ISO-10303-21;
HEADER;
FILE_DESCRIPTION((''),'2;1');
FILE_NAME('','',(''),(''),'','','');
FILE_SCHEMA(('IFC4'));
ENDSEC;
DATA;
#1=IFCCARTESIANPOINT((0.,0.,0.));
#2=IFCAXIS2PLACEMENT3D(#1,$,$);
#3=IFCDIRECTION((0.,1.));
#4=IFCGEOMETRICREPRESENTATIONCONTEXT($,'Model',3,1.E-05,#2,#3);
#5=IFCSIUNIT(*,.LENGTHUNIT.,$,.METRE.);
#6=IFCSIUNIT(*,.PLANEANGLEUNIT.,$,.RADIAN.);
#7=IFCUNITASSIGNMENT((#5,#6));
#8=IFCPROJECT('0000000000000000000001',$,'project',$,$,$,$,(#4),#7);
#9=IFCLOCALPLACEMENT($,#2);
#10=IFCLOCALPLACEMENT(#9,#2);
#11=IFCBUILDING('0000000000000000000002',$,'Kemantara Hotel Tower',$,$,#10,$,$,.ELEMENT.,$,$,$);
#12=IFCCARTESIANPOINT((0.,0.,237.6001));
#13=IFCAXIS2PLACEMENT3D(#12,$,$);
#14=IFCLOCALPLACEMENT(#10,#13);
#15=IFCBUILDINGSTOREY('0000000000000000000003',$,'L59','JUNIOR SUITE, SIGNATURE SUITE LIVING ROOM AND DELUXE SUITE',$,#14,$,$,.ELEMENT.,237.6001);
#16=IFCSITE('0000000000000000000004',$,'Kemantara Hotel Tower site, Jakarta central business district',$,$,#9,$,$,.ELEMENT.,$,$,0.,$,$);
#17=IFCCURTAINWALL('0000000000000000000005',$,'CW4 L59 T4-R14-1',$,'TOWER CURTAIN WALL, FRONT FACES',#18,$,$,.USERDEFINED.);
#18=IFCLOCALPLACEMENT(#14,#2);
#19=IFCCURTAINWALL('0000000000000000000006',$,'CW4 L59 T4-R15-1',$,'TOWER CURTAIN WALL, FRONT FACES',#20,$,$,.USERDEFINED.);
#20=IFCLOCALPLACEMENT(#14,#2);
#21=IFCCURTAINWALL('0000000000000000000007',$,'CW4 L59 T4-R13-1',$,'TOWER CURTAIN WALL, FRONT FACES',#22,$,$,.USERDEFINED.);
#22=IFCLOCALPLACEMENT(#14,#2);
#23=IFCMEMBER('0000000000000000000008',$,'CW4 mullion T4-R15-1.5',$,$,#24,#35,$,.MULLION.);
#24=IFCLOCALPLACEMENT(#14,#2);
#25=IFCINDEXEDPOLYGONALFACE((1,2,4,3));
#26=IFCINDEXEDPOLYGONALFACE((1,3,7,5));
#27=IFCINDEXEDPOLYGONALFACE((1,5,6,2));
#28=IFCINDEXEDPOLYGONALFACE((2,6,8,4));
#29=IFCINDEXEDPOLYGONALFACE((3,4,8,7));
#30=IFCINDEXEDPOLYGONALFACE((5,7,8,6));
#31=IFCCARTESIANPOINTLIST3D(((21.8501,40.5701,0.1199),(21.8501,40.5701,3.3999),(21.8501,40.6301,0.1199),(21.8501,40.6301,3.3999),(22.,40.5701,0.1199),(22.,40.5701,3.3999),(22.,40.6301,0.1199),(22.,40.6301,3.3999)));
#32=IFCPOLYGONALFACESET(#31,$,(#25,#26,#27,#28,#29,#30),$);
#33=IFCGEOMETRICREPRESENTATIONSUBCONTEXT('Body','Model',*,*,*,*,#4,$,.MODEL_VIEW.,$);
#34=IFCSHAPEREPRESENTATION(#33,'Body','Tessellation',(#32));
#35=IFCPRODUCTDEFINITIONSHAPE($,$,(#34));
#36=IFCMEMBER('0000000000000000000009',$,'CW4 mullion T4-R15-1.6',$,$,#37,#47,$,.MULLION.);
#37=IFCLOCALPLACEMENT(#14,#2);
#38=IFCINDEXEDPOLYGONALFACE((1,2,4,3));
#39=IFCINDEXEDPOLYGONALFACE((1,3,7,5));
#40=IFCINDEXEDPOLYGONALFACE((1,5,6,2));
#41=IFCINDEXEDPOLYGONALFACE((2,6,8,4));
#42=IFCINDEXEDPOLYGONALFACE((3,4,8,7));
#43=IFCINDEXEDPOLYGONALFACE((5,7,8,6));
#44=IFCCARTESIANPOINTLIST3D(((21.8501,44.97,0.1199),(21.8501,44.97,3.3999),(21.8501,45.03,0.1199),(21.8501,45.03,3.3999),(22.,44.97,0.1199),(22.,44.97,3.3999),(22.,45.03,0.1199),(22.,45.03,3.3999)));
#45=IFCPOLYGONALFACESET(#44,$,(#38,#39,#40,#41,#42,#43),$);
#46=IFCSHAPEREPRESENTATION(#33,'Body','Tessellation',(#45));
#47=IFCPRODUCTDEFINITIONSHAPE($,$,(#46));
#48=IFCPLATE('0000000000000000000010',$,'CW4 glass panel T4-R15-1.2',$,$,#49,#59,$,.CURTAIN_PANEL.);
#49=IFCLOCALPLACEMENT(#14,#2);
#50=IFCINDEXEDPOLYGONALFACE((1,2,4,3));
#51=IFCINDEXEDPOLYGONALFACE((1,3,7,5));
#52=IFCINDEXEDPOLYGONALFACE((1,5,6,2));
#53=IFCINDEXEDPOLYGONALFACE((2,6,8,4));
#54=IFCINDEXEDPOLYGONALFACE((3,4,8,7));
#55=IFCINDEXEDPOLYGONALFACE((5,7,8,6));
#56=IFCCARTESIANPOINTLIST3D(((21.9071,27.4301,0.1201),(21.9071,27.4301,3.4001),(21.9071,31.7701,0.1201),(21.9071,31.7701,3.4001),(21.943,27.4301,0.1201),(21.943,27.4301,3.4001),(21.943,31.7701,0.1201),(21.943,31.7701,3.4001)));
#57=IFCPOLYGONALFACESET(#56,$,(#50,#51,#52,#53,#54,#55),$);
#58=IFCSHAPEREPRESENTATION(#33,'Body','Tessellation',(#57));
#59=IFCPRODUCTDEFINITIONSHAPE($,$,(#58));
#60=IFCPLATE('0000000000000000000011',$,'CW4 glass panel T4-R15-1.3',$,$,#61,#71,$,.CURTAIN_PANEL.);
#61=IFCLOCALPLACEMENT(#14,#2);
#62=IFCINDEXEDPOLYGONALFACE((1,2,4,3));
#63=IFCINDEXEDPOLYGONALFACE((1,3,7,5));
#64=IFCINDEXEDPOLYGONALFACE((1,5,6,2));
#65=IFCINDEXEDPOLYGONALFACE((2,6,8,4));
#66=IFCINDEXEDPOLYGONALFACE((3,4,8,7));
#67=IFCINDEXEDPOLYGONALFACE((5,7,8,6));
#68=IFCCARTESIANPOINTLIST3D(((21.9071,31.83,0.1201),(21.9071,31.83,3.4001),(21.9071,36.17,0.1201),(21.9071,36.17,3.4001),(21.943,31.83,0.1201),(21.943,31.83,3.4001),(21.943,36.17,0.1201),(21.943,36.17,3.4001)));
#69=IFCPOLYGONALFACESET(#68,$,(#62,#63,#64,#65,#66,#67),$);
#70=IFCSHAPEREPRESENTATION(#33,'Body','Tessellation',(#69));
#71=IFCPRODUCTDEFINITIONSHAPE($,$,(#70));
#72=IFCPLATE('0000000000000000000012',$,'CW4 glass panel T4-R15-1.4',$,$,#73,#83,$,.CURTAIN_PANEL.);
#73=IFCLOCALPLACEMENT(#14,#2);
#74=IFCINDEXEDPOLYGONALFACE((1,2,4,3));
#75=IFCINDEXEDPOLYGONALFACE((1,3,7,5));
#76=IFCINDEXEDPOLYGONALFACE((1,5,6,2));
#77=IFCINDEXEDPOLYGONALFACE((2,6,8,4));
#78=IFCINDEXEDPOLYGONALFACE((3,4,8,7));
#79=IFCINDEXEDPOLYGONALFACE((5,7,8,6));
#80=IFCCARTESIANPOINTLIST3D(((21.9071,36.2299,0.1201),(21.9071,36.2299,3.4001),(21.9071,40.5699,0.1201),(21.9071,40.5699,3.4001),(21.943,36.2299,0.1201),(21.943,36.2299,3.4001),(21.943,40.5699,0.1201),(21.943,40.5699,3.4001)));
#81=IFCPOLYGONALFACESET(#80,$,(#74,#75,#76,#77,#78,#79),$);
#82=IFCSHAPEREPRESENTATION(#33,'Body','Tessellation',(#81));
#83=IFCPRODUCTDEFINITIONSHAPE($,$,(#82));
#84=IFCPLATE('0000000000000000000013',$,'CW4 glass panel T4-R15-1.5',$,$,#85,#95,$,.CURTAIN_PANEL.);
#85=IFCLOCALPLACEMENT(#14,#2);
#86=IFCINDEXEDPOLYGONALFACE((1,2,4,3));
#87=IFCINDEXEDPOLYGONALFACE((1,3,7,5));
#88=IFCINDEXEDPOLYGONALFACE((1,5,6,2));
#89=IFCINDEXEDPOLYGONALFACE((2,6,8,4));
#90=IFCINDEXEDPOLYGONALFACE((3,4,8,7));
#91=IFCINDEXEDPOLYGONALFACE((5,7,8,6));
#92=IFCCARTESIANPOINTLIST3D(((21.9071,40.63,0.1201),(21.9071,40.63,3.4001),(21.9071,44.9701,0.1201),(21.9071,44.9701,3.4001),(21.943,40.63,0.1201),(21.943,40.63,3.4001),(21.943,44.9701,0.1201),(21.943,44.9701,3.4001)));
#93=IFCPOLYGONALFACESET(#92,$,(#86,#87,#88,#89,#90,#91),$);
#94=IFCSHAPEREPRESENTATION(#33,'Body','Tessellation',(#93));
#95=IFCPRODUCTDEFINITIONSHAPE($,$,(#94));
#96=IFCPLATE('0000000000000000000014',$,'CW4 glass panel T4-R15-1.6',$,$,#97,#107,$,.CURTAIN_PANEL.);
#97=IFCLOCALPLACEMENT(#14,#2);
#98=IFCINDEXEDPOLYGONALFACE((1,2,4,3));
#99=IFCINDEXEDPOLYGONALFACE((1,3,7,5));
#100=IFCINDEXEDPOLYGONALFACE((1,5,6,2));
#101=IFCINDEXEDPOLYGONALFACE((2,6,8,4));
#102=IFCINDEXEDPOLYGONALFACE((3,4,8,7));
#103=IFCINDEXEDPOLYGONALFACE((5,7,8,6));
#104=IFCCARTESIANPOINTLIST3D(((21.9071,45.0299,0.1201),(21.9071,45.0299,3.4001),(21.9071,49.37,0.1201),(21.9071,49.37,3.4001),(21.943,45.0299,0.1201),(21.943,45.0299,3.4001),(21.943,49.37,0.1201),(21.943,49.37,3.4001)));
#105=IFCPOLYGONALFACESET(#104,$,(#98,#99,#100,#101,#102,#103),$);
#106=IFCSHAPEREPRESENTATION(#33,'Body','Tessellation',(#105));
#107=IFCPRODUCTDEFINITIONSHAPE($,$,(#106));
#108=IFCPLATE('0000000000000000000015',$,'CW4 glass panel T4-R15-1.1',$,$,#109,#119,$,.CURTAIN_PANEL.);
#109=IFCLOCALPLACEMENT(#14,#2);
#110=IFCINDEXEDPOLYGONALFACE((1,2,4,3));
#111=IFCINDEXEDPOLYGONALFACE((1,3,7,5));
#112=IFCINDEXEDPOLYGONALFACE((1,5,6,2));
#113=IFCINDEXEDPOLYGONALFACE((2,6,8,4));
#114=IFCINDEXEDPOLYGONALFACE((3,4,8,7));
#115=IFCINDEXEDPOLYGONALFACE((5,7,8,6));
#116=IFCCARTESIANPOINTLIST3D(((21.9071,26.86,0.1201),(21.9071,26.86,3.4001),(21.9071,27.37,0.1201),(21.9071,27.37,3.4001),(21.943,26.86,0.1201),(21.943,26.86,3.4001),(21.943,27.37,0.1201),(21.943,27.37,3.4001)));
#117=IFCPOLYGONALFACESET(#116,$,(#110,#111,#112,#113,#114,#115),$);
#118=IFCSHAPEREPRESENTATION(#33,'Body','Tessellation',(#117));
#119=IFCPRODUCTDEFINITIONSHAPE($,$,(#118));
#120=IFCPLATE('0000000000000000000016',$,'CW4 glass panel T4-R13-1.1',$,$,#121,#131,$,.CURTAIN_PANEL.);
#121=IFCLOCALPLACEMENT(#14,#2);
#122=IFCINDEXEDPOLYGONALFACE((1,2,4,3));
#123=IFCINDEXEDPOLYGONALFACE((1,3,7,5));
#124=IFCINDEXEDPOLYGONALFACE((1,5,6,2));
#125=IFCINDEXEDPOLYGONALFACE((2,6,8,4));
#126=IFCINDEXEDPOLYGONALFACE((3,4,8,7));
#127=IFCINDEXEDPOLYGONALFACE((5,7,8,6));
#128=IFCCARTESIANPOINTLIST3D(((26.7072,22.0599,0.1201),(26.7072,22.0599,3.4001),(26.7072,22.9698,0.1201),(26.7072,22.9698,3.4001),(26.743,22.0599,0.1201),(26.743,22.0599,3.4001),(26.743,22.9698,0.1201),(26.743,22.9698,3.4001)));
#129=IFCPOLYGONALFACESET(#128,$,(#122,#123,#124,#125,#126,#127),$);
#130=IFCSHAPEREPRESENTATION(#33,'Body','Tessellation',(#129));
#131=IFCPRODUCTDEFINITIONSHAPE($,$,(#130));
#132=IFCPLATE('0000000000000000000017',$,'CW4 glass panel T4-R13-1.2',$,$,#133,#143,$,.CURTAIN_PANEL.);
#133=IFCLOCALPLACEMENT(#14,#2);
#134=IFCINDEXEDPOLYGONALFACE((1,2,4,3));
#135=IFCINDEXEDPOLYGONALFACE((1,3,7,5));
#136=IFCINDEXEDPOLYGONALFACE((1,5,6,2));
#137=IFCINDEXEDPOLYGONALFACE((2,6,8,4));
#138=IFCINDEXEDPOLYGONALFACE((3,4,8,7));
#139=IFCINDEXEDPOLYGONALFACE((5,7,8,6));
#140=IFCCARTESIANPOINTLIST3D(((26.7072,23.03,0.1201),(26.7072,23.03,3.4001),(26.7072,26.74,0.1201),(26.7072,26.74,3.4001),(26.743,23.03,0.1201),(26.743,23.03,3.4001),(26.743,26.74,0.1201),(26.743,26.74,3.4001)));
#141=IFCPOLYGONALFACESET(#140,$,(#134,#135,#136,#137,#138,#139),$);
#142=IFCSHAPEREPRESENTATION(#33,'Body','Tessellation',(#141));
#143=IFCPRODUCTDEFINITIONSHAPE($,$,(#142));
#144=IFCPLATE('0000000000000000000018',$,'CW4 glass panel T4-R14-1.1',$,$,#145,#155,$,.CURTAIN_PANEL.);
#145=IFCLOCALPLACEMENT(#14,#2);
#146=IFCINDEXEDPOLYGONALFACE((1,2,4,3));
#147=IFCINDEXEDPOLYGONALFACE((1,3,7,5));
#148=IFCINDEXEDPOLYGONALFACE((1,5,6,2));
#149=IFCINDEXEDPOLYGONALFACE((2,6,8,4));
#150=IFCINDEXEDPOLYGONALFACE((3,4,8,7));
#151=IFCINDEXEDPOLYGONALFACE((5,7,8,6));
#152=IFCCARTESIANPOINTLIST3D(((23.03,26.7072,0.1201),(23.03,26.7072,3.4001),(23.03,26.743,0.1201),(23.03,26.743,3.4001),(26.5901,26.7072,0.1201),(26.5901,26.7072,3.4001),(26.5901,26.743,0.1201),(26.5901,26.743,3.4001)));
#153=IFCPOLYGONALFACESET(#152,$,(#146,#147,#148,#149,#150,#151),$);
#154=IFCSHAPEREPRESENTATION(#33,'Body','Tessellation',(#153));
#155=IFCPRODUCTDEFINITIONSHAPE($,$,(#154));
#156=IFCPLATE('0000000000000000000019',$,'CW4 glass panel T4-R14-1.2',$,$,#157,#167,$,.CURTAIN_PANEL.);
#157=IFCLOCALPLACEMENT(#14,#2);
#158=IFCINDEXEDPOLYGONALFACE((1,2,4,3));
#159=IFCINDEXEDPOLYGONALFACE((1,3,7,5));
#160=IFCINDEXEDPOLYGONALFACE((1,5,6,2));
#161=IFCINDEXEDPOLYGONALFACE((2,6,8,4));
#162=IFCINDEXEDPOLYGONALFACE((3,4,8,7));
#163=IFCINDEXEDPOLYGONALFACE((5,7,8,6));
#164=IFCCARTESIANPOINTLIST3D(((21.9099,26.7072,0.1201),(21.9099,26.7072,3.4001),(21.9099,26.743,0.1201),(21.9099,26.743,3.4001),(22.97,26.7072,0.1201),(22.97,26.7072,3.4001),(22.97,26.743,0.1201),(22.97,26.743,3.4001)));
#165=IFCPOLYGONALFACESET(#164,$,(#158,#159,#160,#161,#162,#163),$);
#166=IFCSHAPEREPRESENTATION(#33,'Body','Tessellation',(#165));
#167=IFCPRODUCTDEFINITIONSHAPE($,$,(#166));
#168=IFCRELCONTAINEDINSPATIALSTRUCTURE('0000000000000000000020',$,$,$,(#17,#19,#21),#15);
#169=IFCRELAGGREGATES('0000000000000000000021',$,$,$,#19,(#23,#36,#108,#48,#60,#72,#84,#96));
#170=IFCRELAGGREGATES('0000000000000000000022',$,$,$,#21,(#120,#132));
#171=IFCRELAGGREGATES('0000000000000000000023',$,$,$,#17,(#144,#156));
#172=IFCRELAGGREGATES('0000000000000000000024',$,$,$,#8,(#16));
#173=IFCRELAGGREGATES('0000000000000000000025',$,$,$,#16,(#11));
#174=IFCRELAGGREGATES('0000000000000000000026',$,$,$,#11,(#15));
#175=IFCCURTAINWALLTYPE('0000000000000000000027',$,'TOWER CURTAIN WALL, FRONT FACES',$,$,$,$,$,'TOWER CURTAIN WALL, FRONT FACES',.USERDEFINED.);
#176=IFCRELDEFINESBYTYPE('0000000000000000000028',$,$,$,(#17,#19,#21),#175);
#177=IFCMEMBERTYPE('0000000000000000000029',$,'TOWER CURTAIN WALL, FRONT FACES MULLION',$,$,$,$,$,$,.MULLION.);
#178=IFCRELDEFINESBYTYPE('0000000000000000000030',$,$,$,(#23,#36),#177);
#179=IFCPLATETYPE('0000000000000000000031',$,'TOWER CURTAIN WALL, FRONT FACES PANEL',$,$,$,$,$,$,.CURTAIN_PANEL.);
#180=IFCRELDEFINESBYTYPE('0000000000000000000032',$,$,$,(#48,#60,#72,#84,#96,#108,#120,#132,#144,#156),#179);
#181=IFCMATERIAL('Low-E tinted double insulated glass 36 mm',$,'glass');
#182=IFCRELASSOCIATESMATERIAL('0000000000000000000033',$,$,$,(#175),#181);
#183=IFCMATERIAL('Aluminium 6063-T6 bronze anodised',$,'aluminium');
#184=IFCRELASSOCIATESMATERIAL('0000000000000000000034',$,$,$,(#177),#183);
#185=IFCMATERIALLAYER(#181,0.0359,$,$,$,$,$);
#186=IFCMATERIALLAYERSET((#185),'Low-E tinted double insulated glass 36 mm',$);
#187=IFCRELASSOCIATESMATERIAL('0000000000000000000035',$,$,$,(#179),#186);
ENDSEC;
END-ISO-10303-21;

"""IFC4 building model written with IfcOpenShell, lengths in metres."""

from ifc_helpers import new_model, si_unit, direction, frame, origin, origin_2d, place, context, subcontext, project, spatial, rectangle, extrude, source, transform, mapped, material, layer, layer_set, material_profile, profile_set, type_object, element, aggregate, save


model = new_model("IFC4")

# Units and contexts
model_context = context("Model", 3, precision=1e-05, world=origin(), true_north=direction((0.0, 1.0)))
body_context = subcontext(model_context, "Body", "Model", "MODEL_VIEW")
ifc_project = project(units=[si_unit("LENGTHUNIT", "METRE"), si_unit("PLANEANGLEUNIT", "RADIAN")], contexts=[model_context])

# Site, building, storey
site_placement = place(None, origin())
site = spatial("IfcSite", under=ifc_project, at=site_placement, Name="Kemantara Hotel Tower site, Jakarta central business district", CompositionType="ELEMENT", RefElevation=0.0)
building_placement = place(site_placement, origin())
building = spatial("IfcBuilding", under=site, at=building_placement, Name="Kemantara Hotel Tower", CompositionType="ELEMENT")
storey_placement = place(building_placement, frame((0.0, 0.0, 237.6001)))
storey = spatial("IfcBuildingStorey", under=building, at=storey_placement, Name="L59", Description="JUNIOR SUITE, SIGNATURE SUITE LIVING ROOM AND DELUXE SUITE", CompositionType="ELEMENT", Elevation=237.6001)

# Curtain walls
ifc_material_1 = material(Name="Low-E tinted double insulated glass 36 mm", Category="glass")
curtain_wall_type = type_object("IfcCurtainWallType", Name="TOWER CURTAIN WALL, FRONT FACES", ElementType="TOWER CURTAIN WALL, FRONT FACES", PredefinedType="USERDEFINED", material=ifc_material_1)
curtain_wall_1_placement = place(storey_placement, origin())
curtain_wall_1 = element("IfcCurtainWall", 1, at=curtain_wall_1_placement, inside=storey, type_object=curtain_wall_type, Name="CW4 L59 T4-R14-1", ObjectType="TOWER CURTAIN WALL, FRONT FACES", PredefinedType="USERDEFINED")
ifc_material_2 = material(Name="Aluminium 6063-T6 bronze anodised", Category="aluminium")
curtain_wall_2_placement = place(storey_placement, origin())
curtain_wall_2 = element("IfcCurtainWall", 2, at=curtain_wall_2_placement, inside=storey, type_object=curtain_wall_type, Name="CW4 L59 T4-R15-1", ObjectType="TOWER CURTAIN WALL, FRONT FACES", PredefinedType="USERDEFINED")

# Curtain wall
curtain_wall_3_placement = place(storey_placement, origin())
curtain_wall_3 = element("IfcCurtainWall", 3, at=curtain_wall_3_placement, inside=storey, type_object=curtain_wall_type, Name="CW4 L59 T4-R13-1", ObjectType="TOWER CURTAIN WALL, FRONT FACES", PredefinedType="USERDEFINED")
ifc_material_profile_1 = material_profile(ifc_material_2, rectangle(XDim=0.1499, YDim=0.0601, at=origin_2d()), Name="TOWER CURTAIN WALL, FRONT FACES MULLION")
ifc_profile_set_1 = profile_set([ifc_material_profile_1], Name="Aluminium 6063-T6 bronze anodised")
member_type_1 = type_object("IfcMemberType", Name="TOWER CURTAIN WALL, FRONT FACES MULLION", PredefinedType="MULLION", material=ifc_profile_set_1)
shared_shape_1 = source(origin(), body_context, "Body", "SweptSolid", [
    extrude(rectangle(XDim=0.1499, YDim=0.0601, at=origin_2d()), origin(), (0.0, 0.0, 1.0), 3.28),
])

# Members
member_1_placement = place(storey_placement, frame((21.925, 40.6001, 0.1199), z_axis=(0.0, 0.0, 1.0), x_axis=(-1.0, 0.0, 0.0)))
member_1 = element("IfcMember", 4, at=member_1_placement, type_object=member_type_1, Name="CW4 mullion T4-R15-1.5", PredefinedType="MULLION", context=body_context, shape_type="MappedRepresentation", body=[
    mapped(shared_shape_1, transform((0.0, 0.0, 0.0))),
])
member_2_placement = place(storey_placement, frame((21.925, 45.0, 0.1199), z_axis=(0.0, 0.0, 1.0), x_axis=(-1.0, 0.0, 0.0)))
member_2 = element("IfcMember", 5, at=member_2_placement, type_object=member_type_1, Name="CW4 mullion T4-R15-1.6", PredefinedType="MULLION", context=body_context, shape_type="MappedRepresentation", body=[
    mapped(shared_shape_1, transform((0.0, 0.0, 0.0))),
])

# Plates
ifc_layer_1 = layer(ifc_material_1, 0.0359)
ifc_layer_set_1 = layer_set([ifc_layer_1], Name="Low-E tinted double insulated glass 36 mm")
plate_type = type_object("IfcPlateType", Name="TOWER CURTAIN WALL, FRONT FACES PANEL", PredefinedType="CURTAIN_PANEL", material=ifc_layer_set_1)
shared_shape_2 = source(origin(), body_context, "Body", "SweptSolid", [
    extrude(rectangle(XDim=4.3401, YDim=0.0359, at=origin_2d()), origin(), (0.0, 0.0, 1.0), 3.28),
])
plate_1_placement = place(storey_placement, frame((21.925, 29.6001, 0.1201), z_axis=(0.0, 0.0, 1.0), x_axis=(0.0, 1.0, 0.0)))
plate_1 = element("IfcPlate", 6, at=plate_1_placement, type_object=plate_type, Name="CW4 glass panel T4-R15-1.2", PredefinedType="CURTAIN_PANEL", context=body_context, shape_type="MappedRepresentation", body=[
    mapped(shared_shape_2, transform((0.0, 0.0, 0.0))),
])
plate_2_placement = place(storey_placement, frame((21.925, 34.0, 0.1201), z_axis=(0.0, 0.0, 1.0), x_axis=(0.0, 1.0, 0.0)))
plate_2 = element("IfcPlate", 7, at=plate_2_placement, type_object=plate_type, Name="CW4 glass panel T4-R15-1.3", PredefinedType="CURTAIN_PANEL", context=body_context, shape_type="MappedRepresentation", body=[
    mapped(shared_shape_2, transform((0.0, 0.0, 0.0))),
])
plate_3_placement = place(storey_placement, frame((21.925, 38.3999, 0.1201), z_axis=(0.0, 0.0, 1.0), x_axis=(0.0, 1.0, 0.0)))
plate_3 = element("IfcPlate", 8, at=plate_3_placement, type_object=plate_type, Name="CW4 glass panel T4-R15-1.4", PredefinedType="CURTAIN_PANEL", context=body_context, shape_type="MappedRepresentation", body=[
    mapped(shared_shape_2, transform((0.0, 0.0, 0.0))),
])
plate_4_placement = place(storey_placement, frame((21.925, 42.8, 0.1201), z_axis=(0.0, 0.0, 1.0), x_axis=(0.0, 1.0, 0.0)))
plate_4 = element("IfcPlate", 9, at=plate_4_placement, type_object=plate_type, Name="CW4 glass panel T4-R15-1.5", PredefinedType="CURTAIN_PANEL", context=body_context, shape_type="MappedRepresentation", body=[
    mapped(shared_shape_2, transform((0.0, 0.0, 0.0))),
])
plate_5_placement = place(storey_placement, frame((21.925, 47.2, 0.1201), z_axis=(0.0, 0.0, 1.0), x_axis=(0.0, 1.0, 0.0)))
plate_5 = element("IfcPlate", 10, at=plate_5_placement, type_object=plate_type, Name="CW4 glass panel T4-R15-1.6", PredefinedType="CURTAIN_PANEL", context=body_context, shape_type="MappedRepresentation", body=[
    mapped(shared_shape_2, transform((0.0, 0.0, 0.0))),
])
shared_shape_3 = source(origin(), body_context, "Body", "SweptSolid", [
    extrude(rectangle(XDim=0.51, YDim=0.0359, at=origin_2d()), origin(), (0.0, 0.0, 1.0), 3.28),
])
plate_6_placement = place(storey_placement, frame((21.925, 27.115, 0.1201), z_axis=(0.0, 0.0, 1.0), x_axis=(0.0, 1.0, 0.0)))
plate_6 = element("IfcPlate", 11, at=plate_6_placement, type_object=plate_type, Name="CW4 glass panel T4-R15-1.1", PredefinedType="CURTAIN_PANEL", context=body_context, shape_type="MappedRepresentation", body=[
    mapped(shared_shape_3, transform((0.0, 0.0, 0.0))),
])
aggregate(curtain_wall_2, [member_1, member_2, plate_6, plate_1, plate_2, plate_3, plate_4, plate_5])
shared_shape_4 = source(origin(), body_context, "Body", "SweptSolid", [
    extrude(rectangle(XDim=0.9099, YDim=0.0359, at=origin_2d()), origin(), (0.0, 0.0, 1.0), 3.28),
])
plate_7_placement = place(storey_placement, frame((26.7251, 22.5149, 0.1201), z_axis=(0.0, 0.0, 1.0), x_axis=(0.0, 1.0, 0.0)))
plate_7 = element("IfcPlate", 12, at=plate_7_placement, type_object=plate_type, Name="CW4 glass panel T4-R13-1.1", PredefinedType="CURTAIN_PANEL", context=body_context, shape_type="MappedRepresentation", body=[
    mapped(shared_shape_4, transform((0.0, 0.0, 0.0))),
])
shared_shape_5 = source(origin(), body_context, "Body", "SweptSolid", [
    extrude(rectangle(XDim=3.71, YDim=0.0359, at=origin_2d()), origin(), (0.0, 0.0, 1.0), 3.28),
])
plate_8_placement = place(storey_placement, frame((26.7251, 24.885, 0.1201), z_axis=(0.0, 0.0, 1.0), x_axis=(0.0, 1.0, 0.0)))
plate_8 = element("IfcPlate", 13, at=plate_8_placement, type_object=plate_type, Name="CW4 glass panel T4-R13-1.2", PredefinedType="CURTAIN_PANEL", context=body_context, shape_type="MappedRepresentation", body=[
    mapped(shared_shape_5, transform((0.0, 0.0, 0.0))),
])
aggregate(curtain_wall_3, [plate_7, plate_8])
shared_shape_6 = source(origin(), body_context, "Body", "SweptSolid", [
    extrude(rectangle(XDim=3.5601, YDim=0.0359, at=origin_2d()), origin(), (0.0, 0.0, 1.0), 3.28),
])
plate_9_placement = place(storey_placement, frame((24.8101, 26.7251, 0.1201), z_axis=(0.0, 0.0, 1.0), x_axis=(-1.0, 0.0, 0.0)))
plate_9 = element("IfcPlate", 14, at=plate_9_placement, type_object=plate_type, Name="CW4 glass panel T4-R14-1.1", PredefinedType="CURTAIN_PANEL", context=body_context, shape_type="MappedRepresentation", body=[
    mapped(shared_shape_6, transform((0.0, 0.0, 0.0))),
])
shared_shape_7 = source(origin(), body_context, "Body", "SweptSolid", [
    extrude(rectangle(XDim=1.0601, YDim=0.0359, at=origin_2d()), origin(), (0.0, 0.0, 1.0), 3.28),
])
plate_10_placement = place(storey_placement, frame((22.4399, 26.7251, 0.1201), z_axis=(0.0, 0.0, 1.0), x_axis=(-1.0, 0.0, 0.0)))
plate_10 = element("IfcPlate", 15, at=plate_10_placement, type_object=plate_type, Name="CW4 glass panel T4-R14-1.2", PredefinedType="CURTAIN_PANEL", context=body_context, shape_type="MappedRepresentation", body=[
    mapped(shared_shape_7, transform((0.0, 0.0, 0.0))),
])
aggregate(curtain_wall_1, [plate_9, plate_10])

save(model, "model.ifc")
